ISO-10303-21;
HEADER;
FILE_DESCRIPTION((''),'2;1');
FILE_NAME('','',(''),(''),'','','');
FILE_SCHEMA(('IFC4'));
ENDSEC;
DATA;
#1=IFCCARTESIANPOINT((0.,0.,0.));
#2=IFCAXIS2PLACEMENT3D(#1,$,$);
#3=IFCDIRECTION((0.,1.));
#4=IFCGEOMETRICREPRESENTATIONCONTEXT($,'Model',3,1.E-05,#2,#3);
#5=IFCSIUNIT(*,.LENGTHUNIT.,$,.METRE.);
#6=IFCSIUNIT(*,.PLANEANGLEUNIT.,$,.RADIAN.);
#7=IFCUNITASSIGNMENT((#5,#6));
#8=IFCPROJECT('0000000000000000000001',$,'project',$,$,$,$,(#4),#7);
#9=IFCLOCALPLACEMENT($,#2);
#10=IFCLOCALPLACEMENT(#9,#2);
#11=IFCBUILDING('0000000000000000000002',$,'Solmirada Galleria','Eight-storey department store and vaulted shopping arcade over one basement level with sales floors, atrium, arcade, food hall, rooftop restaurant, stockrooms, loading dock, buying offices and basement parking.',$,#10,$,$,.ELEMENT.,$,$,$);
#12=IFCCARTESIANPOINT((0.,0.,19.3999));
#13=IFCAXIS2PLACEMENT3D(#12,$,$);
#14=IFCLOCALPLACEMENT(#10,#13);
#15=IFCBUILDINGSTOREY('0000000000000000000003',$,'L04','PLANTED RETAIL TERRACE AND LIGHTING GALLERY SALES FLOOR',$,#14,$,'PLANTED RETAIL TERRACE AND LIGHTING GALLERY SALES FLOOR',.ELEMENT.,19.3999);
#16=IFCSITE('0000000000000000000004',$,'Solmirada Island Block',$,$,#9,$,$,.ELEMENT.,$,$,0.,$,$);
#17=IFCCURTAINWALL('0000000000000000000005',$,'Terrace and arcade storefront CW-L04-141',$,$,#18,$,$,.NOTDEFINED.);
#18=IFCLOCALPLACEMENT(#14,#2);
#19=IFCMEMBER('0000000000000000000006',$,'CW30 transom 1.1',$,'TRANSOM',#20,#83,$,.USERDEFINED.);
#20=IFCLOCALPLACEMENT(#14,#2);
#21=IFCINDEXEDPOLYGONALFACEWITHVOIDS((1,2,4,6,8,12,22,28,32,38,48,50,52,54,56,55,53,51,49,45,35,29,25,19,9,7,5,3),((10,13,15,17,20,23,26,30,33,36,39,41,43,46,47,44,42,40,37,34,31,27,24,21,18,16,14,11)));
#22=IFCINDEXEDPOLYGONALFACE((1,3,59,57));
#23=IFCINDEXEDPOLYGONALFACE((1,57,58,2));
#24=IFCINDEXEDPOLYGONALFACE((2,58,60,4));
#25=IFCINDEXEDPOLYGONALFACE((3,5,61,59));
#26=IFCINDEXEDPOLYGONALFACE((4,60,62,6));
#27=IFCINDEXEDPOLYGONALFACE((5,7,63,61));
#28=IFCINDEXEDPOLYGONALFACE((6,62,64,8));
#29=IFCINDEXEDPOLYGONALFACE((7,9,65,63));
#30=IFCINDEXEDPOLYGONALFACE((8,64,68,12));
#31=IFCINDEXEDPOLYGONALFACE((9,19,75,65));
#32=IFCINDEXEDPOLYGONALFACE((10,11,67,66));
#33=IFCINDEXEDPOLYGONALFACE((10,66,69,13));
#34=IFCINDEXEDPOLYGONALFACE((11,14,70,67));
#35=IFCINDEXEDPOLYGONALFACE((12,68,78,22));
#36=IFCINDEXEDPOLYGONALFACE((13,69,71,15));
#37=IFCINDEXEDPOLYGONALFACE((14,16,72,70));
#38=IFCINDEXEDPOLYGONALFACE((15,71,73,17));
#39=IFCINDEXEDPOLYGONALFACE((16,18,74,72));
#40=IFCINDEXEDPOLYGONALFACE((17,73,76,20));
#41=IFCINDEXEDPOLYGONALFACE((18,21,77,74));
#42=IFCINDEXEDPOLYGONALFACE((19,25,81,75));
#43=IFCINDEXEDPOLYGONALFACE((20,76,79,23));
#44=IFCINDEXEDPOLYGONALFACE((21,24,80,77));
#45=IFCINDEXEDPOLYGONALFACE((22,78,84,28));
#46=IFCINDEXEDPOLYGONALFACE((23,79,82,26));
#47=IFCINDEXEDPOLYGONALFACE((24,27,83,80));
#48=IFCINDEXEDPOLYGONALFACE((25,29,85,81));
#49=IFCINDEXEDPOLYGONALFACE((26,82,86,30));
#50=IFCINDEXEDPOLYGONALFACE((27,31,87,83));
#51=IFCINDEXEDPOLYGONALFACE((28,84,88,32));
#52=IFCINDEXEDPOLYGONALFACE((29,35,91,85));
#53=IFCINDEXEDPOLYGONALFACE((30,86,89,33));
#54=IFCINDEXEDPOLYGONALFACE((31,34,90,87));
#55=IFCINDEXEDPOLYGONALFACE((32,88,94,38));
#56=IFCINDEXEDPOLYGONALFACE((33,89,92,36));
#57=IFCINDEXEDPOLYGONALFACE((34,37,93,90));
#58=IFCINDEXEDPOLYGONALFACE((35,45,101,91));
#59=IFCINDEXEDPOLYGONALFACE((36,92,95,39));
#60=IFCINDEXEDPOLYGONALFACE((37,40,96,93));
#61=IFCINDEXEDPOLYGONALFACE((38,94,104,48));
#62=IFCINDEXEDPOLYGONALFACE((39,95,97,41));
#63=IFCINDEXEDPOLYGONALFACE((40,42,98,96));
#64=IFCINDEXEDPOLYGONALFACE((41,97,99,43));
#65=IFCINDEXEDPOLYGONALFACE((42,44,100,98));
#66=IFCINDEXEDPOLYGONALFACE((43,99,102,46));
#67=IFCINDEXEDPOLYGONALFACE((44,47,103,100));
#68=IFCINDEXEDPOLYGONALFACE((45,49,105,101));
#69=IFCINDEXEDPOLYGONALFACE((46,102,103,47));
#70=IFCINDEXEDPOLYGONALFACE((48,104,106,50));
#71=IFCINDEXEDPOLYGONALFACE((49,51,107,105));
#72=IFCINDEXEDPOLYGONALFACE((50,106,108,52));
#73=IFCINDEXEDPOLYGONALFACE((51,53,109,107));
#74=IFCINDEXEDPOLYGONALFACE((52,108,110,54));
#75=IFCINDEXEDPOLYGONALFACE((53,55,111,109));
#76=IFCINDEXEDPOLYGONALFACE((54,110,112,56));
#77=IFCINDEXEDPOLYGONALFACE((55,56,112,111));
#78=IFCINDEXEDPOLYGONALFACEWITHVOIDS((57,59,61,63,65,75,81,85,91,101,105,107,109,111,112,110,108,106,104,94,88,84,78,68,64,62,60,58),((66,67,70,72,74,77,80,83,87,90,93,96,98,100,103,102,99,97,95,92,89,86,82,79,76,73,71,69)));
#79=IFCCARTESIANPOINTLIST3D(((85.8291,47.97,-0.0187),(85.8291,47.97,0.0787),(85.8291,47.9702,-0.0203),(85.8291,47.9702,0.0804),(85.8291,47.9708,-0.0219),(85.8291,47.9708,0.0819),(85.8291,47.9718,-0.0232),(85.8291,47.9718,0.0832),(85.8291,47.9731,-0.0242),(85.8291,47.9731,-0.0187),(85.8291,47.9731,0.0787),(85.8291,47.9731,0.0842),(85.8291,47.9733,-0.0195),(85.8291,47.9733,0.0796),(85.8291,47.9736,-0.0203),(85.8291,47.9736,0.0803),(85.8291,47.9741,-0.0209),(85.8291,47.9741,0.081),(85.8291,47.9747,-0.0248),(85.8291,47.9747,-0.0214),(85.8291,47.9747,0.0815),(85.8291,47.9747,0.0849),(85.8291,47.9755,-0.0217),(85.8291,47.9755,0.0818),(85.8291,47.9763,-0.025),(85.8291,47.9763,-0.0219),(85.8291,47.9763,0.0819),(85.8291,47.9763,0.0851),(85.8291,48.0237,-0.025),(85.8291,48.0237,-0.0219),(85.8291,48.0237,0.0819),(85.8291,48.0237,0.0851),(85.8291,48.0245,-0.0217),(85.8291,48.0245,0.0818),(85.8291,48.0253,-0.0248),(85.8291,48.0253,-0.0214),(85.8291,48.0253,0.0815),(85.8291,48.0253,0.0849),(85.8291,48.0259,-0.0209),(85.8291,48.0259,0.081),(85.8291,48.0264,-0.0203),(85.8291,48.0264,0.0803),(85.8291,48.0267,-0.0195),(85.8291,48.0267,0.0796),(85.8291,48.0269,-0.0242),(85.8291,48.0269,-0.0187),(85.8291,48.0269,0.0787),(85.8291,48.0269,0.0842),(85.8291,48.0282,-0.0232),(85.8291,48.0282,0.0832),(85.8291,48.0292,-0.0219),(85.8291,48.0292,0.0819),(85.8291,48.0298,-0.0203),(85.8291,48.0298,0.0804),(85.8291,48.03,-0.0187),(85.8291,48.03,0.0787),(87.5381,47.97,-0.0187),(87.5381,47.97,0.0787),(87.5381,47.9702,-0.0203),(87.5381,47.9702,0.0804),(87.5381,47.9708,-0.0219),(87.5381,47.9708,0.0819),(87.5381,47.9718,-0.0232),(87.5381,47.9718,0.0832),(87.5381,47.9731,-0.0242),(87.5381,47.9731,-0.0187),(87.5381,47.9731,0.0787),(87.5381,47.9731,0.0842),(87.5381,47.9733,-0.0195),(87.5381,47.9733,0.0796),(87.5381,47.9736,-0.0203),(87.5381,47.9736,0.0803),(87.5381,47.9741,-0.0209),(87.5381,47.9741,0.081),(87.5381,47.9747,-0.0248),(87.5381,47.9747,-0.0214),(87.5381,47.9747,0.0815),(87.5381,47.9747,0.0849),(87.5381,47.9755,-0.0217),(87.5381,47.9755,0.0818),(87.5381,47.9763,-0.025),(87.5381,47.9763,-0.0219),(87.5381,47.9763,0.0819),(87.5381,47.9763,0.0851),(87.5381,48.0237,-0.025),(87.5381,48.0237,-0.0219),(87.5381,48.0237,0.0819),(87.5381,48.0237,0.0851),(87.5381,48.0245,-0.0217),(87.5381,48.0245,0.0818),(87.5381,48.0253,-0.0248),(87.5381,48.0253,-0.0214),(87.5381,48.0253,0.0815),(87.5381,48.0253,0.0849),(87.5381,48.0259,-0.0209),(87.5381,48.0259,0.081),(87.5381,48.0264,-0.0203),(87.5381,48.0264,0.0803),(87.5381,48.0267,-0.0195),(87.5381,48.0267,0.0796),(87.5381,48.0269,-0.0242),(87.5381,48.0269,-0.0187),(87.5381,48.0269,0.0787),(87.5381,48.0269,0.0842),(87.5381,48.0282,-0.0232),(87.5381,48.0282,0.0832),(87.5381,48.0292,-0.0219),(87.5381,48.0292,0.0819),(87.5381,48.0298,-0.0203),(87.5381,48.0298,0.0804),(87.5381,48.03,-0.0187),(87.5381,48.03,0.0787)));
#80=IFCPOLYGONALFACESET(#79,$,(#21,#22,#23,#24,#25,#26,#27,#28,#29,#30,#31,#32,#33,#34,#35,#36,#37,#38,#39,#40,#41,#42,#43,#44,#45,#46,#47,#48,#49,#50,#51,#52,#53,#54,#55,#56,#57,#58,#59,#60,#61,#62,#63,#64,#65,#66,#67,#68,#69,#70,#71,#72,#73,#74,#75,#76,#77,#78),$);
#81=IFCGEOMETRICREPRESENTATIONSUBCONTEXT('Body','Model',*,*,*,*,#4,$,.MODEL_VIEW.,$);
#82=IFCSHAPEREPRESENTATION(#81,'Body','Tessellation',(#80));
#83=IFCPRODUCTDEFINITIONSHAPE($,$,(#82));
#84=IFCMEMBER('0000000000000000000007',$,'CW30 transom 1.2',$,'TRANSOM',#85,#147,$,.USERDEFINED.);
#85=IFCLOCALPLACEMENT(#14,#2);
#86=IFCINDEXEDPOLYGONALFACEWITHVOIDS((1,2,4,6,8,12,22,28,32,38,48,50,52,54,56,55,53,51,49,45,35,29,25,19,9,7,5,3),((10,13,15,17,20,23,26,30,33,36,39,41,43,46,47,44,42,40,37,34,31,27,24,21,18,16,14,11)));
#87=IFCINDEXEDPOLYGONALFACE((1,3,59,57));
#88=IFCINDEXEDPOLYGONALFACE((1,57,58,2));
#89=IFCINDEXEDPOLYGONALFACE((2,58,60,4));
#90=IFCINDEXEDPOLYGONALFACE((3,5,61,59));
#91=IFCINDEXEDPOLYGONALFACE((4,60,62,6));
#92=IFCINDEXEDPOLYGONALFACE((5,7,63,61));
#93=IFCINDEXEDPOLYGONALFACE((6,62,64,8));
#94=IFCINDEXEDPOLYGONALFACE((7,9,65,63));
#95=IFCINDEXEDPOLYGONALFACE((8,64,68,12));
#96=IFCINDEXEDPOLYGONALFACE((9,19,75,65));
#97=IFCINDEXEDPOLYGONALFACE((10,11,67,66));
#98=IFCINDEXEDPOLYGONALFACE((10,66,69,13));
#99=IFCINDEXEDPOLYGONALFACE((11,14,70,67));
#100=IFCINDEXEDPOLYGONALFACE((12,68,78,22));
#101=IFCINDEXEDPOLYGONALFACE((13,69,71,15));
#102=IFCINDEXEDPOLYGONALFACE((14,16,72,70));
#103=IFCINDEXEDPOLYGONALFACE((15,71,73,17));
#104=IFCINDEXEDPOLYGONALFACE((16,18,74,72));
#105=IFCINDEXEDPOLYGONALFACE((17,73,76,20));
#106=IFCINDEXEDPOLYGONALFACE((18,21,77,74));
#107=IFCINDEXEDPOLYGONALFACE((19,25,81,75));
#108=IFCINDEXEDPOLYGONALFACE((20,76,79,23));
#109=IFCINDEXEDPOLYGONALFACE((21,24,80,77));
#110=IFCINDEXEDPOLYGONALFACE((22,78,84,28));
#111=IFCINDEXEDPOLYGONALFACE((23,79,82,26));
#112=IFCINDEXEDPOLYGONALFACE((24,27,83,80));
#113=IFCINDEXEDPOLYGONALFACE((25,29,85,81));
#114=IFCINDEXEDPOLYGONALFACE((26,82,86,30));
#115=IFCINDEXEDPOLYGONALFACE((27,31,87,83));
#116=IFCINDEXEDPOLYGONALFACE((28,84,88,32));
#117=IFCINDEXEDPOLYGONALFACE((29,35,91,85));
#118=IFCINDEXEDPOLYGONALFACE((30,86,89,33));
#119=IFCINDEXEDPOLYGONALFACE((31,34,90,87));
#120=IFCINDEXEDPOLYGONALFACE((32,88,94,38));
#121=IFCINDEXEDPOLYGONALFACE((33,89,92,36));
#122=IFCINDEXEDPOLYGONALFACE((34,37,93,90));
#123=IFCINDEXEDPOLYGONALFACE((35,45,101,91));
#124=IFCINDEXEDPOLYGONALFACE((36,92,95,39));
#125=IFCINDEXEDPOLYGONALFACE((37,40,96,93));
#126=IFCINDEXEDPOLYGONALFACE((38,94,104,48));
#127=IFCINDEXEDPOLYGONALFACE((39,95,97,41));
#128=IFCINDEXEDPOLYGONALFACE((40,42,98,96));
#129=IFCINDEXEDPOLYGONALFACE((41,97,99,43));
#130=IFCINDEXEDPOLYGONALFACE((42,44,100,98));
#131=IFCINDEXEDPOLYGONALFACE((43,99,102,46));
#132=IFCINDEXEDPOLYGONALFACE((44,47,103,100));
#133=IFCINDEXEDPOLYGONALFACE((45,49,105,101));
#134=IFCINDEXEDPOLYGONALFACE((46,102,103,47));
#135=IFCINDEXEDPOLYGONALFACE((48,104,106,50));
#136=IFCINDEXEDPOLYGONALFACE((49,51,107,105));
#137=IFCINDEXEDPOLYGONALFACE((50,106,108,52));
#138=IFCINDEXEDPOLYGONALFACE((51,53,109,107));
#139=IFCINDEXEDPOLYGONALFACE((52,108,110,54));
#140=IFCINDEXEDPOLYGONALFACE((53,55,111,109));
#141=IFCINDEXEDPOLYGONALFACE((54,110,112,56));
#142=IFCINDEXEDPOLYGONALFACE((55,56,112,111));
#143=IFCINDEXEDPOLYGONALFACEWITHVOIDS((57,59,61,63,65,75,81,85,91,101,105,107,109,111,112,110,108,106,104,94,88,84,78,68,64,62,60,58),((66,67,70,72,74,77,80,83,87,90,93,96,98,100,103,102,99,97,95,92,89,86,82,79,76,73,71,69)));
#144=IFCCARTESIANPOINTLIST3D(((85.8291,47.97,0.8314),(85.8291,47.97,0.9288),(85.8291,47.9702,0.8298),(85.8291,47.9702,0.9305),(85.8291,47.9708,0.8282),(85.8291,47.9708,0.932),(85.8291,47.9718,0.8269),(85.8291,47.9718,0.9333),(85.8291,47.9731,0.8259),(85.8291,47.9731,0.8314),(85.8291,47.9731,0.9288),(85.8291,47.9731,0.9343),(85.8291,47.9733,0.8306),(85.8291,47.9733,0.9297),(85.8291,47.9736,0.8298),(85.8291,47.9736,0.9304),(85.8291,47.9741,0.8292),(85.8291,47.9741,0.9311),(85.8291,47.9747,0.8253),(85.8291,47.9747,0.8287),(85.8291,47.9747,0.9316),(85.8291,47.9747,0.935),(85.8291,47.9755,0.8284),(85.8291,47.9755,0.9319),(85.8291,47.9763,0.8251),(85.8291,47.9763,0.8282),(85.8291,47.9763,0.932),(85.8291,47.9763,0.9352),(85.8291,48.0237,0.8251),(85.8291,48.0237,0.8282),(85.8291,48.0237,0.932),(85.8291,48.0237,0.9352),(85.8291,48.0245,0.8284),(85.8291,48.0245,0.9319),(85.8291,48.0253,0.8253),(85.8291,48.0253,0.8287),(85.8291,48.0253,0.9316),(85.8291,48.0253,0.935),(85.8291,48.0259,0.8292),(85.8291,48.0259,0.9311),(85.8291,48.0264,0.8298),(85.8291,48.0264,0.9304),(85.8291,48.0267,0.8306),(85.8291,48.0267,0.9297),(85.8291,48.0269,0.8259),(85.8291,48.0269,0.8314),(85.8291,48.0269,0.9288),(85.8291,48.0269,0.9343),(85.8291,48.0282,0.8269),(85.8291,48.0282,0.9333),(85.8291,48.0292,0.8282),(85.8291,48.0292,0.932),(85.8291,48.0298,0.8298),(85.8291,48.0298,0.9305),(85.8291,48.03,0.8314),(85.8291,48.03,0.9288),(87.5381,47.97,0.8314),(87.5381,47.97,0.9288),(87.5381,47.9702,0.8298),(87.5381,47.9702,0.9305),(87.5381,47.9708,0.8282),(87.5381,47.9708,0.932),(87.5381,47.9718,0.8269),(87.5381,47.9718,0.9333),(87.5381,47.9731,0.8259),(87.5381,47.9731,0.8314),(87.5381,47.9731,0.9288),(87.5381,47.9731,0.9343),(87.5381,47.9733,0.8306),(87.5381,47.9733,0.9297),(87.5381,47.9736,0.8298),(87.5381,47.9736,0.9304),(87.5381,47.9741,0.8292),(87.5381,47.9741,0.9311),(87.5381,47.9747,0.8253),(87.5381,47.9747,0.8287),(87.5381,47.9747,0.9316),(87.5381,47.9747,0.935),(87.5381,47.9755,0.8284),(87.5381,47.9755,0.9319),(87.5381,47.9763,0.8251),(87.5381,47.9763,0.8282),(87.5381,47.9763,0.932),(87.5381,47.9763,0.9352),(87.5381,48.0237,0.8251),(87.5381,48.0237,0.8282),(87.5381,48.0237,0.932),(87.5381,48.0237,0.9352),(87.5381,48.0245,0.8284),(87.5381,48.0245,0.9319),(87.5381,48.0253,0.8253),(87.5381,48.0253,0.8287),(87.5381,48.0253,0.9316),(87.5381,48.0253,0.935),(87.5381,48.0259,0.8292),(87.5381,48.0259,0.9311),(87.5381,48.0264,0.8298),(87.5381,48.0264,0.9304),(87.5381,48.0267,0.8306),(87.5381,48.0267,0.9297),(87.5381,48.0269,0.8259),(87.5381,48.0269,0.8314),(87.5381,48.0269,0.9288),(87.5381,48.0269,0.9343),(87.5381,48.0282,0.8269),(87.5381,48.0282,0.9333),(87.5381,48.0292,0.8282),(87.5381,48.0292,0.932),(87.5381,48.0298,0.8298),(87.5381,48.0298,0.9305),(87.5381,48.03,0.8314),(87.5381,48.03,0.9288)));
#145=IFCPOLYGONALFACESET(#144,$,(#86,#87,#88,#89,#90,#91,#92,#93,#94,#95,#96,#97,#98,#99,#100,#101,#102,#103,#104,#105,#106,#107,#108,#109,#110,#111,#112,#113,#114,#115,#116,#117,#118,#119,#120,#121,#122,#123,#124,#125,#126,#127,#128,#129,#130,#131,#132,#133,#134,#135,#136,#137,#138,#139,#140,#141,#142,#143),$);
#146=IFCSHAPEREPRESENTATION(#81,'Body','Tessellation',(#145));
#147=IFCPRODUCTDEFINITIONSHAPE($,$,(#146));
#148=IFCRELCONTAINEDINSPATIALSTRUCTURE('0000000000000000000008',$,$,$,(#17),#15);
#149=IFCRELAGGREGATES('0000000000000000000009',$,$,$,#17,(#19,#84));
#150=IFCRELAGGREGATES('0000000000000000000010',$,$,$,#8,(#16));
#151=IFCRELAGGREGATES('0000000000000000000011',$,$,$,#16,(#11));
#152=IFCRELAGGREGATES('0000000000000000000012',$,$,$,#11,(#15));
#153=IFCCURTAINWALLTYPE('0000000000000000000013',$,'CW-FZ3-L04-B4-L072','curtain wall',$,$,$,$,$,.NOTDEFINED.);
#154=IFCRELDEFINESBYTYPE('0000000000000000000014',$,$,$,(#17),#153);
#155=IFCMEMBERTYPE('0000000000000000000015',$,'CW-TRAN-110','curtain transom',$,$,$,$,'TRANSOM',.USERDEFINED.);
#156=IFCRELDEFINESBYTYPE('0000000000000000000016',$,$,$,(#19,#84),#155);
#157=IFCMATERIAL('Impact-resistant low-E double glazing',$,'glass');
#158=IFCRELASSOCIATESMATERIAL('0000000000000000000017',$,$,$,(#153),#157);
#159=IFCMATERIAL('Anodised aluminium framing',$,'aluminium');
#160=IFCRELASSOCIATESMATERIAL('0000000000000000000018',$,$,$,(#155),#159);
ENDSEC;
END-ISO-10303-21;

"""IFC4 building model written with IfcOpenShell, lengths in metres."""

from ifc_helpers import new_model, si_unit, direction, frame, origin, origin_2d, place, context, subcontext, project, spatial, hollow_rectangle, extrude, material, material_profile, profile_set, type_object, element, aggregate, save


model = new_model("IFC4")

# Units and contexts
model_context = context("Model", 3, precision=1e-05, world=origin(), true_north=direction((0.0, 1.0)))
body_context = subcontext(model_context, "Body", "Model", "MODEL_VIEW")
ifc_project = project(units=[si_unit("LENGTHUNIT", "METRE"), si_unit("PLANEANGLEUNIT", "RADIAN")], contexts=[model_context])

# Site, building, storey
site_placement = place(None, origin())
site = spatial("IfcSite", under=ifc_project, at=site_placement, Name="Solmirada Island Block", CompositionType="ELEMENT", RefElevation=0.0)
building_placement = place(site_placement, origin())
building = spatial("IfcBuilding", under=site, at=building_placement, Name="Solmirada Galleria", Description="Eight-storey department store and vaulted shopping arcade over one basement level with sales floors, atrium, arcade, food hall, rooftop restaurant, stockrooms, loading dock, buying offices and basement parking.", CompositionType="ELEMENT")
storey_placement = place(building_placement, frame((0.0, 0.0, 19.3999)))
storey = spatial("IfcBuildingStorey", under=building, at=storey_placement, Name="L04", Description="PLANTED RETAIL TERRACE AND LIGHTING GALLERY SALES FLOOR", LongName="PLANTED RETAIL TERRACE AND LIGHTING GALLERY SALES FLOOR", CompositionType="ELEMENT", Elevation=19.3999)

# Curtain wall, members
ifc_material_1 = material(Name="Impact-resistant low-E double glazing", Category="glass")
curtain_wall_type = type_object("IfcCurtainWallType", Name="CW-FZ3-L04-B4-L072", Description="curtain wall", PredefinedType="NOTDEFINED", material=ifc_material_1)
curtain_wall_placement = place(storey_placement, origin())
curtain_wall = element("IfcCurtainWall", 1, at=curtain_wall_placement, inside=storey, type_object=curtain_wall_type, Name="Terrace and arcade storefront CW-L04-141", PredefinedType="NOTDEFINED")
ifc_material_2 = material(Name="Anodised aluminium framing", Category="aluminium")
ifc_material_profile_1 = material_profile(ifc_material_2, hollow_rectangle(XDim=0.0601, YDim=0.1101, WallThickness=0.0032, InnerFilletRadius=0.0032, OuterFilletRadius=0.0063, at=origin_2d()), Name="ALU-TRAN-110X60")
ifc_profile_set_1 = profile_set([ifc_material_profile_1], Name="Anodised aluminium framing")
member_type_1 = type_object("IfcMemberType", Name="CW-TRAN-110", Description="curtain transom", ElementType="TRANSOM", PredefinedType="USERDEFINED", material=ifc_profile_set_1)
member_1_placement = place(storey_placement, frame((87.5381, 48.0, 0.03), z_axis=(-1.0, 0.0, 0.0), x_axis=(0.0, -1.0, 0.0)))
member_1 = element("IfcMember", 2, at=member_1_placement, type_object=member_type_1, Name="CW30 transom 1.1", ObjectType="TRANSOM", PredefinedType="USERDEFINED", context=body_context, shape_type="SweptSolid", body=[
    extrude(hollow_rectangle(XDim=0.0601, YDim=0.1101, WallThickness=0.0032, InnerFilletRadius=0.0032, OuterFilletRadius=0.0063, at=origin_2d()), origin(), (0.0, 0.0, 1.0), 1.709),
])
member_2_placement = place(storey_placement, frame((87.5381, 48.0, 0.8801), z_axis=(-1.0, 0.0, 0.0), x_axis=(0.0, -1.0, 0.0)))
member_2 = element("IfcMember", 3, at=member_2_placement, type_object=member_type_1, Name="CW30 transom 1.2", ObjectType="TRANSOM", PredefinedType="USERDEFINED", context=body_context, shape_type="SweptSolid", body=[
    extrude(hollow_rectangle(XDim=0.0601, YDim=0.1101, WallThickness=0.0032, InnerFilletRadius=0.0032, OuterFilletRadius=0.0063, at=origin_2d()), origin(), (0.0, 0.0, 1.0), 1.709),
])
aggregate(curtain_wall, [member_1, member_2])

save(model, "model.ifc")
